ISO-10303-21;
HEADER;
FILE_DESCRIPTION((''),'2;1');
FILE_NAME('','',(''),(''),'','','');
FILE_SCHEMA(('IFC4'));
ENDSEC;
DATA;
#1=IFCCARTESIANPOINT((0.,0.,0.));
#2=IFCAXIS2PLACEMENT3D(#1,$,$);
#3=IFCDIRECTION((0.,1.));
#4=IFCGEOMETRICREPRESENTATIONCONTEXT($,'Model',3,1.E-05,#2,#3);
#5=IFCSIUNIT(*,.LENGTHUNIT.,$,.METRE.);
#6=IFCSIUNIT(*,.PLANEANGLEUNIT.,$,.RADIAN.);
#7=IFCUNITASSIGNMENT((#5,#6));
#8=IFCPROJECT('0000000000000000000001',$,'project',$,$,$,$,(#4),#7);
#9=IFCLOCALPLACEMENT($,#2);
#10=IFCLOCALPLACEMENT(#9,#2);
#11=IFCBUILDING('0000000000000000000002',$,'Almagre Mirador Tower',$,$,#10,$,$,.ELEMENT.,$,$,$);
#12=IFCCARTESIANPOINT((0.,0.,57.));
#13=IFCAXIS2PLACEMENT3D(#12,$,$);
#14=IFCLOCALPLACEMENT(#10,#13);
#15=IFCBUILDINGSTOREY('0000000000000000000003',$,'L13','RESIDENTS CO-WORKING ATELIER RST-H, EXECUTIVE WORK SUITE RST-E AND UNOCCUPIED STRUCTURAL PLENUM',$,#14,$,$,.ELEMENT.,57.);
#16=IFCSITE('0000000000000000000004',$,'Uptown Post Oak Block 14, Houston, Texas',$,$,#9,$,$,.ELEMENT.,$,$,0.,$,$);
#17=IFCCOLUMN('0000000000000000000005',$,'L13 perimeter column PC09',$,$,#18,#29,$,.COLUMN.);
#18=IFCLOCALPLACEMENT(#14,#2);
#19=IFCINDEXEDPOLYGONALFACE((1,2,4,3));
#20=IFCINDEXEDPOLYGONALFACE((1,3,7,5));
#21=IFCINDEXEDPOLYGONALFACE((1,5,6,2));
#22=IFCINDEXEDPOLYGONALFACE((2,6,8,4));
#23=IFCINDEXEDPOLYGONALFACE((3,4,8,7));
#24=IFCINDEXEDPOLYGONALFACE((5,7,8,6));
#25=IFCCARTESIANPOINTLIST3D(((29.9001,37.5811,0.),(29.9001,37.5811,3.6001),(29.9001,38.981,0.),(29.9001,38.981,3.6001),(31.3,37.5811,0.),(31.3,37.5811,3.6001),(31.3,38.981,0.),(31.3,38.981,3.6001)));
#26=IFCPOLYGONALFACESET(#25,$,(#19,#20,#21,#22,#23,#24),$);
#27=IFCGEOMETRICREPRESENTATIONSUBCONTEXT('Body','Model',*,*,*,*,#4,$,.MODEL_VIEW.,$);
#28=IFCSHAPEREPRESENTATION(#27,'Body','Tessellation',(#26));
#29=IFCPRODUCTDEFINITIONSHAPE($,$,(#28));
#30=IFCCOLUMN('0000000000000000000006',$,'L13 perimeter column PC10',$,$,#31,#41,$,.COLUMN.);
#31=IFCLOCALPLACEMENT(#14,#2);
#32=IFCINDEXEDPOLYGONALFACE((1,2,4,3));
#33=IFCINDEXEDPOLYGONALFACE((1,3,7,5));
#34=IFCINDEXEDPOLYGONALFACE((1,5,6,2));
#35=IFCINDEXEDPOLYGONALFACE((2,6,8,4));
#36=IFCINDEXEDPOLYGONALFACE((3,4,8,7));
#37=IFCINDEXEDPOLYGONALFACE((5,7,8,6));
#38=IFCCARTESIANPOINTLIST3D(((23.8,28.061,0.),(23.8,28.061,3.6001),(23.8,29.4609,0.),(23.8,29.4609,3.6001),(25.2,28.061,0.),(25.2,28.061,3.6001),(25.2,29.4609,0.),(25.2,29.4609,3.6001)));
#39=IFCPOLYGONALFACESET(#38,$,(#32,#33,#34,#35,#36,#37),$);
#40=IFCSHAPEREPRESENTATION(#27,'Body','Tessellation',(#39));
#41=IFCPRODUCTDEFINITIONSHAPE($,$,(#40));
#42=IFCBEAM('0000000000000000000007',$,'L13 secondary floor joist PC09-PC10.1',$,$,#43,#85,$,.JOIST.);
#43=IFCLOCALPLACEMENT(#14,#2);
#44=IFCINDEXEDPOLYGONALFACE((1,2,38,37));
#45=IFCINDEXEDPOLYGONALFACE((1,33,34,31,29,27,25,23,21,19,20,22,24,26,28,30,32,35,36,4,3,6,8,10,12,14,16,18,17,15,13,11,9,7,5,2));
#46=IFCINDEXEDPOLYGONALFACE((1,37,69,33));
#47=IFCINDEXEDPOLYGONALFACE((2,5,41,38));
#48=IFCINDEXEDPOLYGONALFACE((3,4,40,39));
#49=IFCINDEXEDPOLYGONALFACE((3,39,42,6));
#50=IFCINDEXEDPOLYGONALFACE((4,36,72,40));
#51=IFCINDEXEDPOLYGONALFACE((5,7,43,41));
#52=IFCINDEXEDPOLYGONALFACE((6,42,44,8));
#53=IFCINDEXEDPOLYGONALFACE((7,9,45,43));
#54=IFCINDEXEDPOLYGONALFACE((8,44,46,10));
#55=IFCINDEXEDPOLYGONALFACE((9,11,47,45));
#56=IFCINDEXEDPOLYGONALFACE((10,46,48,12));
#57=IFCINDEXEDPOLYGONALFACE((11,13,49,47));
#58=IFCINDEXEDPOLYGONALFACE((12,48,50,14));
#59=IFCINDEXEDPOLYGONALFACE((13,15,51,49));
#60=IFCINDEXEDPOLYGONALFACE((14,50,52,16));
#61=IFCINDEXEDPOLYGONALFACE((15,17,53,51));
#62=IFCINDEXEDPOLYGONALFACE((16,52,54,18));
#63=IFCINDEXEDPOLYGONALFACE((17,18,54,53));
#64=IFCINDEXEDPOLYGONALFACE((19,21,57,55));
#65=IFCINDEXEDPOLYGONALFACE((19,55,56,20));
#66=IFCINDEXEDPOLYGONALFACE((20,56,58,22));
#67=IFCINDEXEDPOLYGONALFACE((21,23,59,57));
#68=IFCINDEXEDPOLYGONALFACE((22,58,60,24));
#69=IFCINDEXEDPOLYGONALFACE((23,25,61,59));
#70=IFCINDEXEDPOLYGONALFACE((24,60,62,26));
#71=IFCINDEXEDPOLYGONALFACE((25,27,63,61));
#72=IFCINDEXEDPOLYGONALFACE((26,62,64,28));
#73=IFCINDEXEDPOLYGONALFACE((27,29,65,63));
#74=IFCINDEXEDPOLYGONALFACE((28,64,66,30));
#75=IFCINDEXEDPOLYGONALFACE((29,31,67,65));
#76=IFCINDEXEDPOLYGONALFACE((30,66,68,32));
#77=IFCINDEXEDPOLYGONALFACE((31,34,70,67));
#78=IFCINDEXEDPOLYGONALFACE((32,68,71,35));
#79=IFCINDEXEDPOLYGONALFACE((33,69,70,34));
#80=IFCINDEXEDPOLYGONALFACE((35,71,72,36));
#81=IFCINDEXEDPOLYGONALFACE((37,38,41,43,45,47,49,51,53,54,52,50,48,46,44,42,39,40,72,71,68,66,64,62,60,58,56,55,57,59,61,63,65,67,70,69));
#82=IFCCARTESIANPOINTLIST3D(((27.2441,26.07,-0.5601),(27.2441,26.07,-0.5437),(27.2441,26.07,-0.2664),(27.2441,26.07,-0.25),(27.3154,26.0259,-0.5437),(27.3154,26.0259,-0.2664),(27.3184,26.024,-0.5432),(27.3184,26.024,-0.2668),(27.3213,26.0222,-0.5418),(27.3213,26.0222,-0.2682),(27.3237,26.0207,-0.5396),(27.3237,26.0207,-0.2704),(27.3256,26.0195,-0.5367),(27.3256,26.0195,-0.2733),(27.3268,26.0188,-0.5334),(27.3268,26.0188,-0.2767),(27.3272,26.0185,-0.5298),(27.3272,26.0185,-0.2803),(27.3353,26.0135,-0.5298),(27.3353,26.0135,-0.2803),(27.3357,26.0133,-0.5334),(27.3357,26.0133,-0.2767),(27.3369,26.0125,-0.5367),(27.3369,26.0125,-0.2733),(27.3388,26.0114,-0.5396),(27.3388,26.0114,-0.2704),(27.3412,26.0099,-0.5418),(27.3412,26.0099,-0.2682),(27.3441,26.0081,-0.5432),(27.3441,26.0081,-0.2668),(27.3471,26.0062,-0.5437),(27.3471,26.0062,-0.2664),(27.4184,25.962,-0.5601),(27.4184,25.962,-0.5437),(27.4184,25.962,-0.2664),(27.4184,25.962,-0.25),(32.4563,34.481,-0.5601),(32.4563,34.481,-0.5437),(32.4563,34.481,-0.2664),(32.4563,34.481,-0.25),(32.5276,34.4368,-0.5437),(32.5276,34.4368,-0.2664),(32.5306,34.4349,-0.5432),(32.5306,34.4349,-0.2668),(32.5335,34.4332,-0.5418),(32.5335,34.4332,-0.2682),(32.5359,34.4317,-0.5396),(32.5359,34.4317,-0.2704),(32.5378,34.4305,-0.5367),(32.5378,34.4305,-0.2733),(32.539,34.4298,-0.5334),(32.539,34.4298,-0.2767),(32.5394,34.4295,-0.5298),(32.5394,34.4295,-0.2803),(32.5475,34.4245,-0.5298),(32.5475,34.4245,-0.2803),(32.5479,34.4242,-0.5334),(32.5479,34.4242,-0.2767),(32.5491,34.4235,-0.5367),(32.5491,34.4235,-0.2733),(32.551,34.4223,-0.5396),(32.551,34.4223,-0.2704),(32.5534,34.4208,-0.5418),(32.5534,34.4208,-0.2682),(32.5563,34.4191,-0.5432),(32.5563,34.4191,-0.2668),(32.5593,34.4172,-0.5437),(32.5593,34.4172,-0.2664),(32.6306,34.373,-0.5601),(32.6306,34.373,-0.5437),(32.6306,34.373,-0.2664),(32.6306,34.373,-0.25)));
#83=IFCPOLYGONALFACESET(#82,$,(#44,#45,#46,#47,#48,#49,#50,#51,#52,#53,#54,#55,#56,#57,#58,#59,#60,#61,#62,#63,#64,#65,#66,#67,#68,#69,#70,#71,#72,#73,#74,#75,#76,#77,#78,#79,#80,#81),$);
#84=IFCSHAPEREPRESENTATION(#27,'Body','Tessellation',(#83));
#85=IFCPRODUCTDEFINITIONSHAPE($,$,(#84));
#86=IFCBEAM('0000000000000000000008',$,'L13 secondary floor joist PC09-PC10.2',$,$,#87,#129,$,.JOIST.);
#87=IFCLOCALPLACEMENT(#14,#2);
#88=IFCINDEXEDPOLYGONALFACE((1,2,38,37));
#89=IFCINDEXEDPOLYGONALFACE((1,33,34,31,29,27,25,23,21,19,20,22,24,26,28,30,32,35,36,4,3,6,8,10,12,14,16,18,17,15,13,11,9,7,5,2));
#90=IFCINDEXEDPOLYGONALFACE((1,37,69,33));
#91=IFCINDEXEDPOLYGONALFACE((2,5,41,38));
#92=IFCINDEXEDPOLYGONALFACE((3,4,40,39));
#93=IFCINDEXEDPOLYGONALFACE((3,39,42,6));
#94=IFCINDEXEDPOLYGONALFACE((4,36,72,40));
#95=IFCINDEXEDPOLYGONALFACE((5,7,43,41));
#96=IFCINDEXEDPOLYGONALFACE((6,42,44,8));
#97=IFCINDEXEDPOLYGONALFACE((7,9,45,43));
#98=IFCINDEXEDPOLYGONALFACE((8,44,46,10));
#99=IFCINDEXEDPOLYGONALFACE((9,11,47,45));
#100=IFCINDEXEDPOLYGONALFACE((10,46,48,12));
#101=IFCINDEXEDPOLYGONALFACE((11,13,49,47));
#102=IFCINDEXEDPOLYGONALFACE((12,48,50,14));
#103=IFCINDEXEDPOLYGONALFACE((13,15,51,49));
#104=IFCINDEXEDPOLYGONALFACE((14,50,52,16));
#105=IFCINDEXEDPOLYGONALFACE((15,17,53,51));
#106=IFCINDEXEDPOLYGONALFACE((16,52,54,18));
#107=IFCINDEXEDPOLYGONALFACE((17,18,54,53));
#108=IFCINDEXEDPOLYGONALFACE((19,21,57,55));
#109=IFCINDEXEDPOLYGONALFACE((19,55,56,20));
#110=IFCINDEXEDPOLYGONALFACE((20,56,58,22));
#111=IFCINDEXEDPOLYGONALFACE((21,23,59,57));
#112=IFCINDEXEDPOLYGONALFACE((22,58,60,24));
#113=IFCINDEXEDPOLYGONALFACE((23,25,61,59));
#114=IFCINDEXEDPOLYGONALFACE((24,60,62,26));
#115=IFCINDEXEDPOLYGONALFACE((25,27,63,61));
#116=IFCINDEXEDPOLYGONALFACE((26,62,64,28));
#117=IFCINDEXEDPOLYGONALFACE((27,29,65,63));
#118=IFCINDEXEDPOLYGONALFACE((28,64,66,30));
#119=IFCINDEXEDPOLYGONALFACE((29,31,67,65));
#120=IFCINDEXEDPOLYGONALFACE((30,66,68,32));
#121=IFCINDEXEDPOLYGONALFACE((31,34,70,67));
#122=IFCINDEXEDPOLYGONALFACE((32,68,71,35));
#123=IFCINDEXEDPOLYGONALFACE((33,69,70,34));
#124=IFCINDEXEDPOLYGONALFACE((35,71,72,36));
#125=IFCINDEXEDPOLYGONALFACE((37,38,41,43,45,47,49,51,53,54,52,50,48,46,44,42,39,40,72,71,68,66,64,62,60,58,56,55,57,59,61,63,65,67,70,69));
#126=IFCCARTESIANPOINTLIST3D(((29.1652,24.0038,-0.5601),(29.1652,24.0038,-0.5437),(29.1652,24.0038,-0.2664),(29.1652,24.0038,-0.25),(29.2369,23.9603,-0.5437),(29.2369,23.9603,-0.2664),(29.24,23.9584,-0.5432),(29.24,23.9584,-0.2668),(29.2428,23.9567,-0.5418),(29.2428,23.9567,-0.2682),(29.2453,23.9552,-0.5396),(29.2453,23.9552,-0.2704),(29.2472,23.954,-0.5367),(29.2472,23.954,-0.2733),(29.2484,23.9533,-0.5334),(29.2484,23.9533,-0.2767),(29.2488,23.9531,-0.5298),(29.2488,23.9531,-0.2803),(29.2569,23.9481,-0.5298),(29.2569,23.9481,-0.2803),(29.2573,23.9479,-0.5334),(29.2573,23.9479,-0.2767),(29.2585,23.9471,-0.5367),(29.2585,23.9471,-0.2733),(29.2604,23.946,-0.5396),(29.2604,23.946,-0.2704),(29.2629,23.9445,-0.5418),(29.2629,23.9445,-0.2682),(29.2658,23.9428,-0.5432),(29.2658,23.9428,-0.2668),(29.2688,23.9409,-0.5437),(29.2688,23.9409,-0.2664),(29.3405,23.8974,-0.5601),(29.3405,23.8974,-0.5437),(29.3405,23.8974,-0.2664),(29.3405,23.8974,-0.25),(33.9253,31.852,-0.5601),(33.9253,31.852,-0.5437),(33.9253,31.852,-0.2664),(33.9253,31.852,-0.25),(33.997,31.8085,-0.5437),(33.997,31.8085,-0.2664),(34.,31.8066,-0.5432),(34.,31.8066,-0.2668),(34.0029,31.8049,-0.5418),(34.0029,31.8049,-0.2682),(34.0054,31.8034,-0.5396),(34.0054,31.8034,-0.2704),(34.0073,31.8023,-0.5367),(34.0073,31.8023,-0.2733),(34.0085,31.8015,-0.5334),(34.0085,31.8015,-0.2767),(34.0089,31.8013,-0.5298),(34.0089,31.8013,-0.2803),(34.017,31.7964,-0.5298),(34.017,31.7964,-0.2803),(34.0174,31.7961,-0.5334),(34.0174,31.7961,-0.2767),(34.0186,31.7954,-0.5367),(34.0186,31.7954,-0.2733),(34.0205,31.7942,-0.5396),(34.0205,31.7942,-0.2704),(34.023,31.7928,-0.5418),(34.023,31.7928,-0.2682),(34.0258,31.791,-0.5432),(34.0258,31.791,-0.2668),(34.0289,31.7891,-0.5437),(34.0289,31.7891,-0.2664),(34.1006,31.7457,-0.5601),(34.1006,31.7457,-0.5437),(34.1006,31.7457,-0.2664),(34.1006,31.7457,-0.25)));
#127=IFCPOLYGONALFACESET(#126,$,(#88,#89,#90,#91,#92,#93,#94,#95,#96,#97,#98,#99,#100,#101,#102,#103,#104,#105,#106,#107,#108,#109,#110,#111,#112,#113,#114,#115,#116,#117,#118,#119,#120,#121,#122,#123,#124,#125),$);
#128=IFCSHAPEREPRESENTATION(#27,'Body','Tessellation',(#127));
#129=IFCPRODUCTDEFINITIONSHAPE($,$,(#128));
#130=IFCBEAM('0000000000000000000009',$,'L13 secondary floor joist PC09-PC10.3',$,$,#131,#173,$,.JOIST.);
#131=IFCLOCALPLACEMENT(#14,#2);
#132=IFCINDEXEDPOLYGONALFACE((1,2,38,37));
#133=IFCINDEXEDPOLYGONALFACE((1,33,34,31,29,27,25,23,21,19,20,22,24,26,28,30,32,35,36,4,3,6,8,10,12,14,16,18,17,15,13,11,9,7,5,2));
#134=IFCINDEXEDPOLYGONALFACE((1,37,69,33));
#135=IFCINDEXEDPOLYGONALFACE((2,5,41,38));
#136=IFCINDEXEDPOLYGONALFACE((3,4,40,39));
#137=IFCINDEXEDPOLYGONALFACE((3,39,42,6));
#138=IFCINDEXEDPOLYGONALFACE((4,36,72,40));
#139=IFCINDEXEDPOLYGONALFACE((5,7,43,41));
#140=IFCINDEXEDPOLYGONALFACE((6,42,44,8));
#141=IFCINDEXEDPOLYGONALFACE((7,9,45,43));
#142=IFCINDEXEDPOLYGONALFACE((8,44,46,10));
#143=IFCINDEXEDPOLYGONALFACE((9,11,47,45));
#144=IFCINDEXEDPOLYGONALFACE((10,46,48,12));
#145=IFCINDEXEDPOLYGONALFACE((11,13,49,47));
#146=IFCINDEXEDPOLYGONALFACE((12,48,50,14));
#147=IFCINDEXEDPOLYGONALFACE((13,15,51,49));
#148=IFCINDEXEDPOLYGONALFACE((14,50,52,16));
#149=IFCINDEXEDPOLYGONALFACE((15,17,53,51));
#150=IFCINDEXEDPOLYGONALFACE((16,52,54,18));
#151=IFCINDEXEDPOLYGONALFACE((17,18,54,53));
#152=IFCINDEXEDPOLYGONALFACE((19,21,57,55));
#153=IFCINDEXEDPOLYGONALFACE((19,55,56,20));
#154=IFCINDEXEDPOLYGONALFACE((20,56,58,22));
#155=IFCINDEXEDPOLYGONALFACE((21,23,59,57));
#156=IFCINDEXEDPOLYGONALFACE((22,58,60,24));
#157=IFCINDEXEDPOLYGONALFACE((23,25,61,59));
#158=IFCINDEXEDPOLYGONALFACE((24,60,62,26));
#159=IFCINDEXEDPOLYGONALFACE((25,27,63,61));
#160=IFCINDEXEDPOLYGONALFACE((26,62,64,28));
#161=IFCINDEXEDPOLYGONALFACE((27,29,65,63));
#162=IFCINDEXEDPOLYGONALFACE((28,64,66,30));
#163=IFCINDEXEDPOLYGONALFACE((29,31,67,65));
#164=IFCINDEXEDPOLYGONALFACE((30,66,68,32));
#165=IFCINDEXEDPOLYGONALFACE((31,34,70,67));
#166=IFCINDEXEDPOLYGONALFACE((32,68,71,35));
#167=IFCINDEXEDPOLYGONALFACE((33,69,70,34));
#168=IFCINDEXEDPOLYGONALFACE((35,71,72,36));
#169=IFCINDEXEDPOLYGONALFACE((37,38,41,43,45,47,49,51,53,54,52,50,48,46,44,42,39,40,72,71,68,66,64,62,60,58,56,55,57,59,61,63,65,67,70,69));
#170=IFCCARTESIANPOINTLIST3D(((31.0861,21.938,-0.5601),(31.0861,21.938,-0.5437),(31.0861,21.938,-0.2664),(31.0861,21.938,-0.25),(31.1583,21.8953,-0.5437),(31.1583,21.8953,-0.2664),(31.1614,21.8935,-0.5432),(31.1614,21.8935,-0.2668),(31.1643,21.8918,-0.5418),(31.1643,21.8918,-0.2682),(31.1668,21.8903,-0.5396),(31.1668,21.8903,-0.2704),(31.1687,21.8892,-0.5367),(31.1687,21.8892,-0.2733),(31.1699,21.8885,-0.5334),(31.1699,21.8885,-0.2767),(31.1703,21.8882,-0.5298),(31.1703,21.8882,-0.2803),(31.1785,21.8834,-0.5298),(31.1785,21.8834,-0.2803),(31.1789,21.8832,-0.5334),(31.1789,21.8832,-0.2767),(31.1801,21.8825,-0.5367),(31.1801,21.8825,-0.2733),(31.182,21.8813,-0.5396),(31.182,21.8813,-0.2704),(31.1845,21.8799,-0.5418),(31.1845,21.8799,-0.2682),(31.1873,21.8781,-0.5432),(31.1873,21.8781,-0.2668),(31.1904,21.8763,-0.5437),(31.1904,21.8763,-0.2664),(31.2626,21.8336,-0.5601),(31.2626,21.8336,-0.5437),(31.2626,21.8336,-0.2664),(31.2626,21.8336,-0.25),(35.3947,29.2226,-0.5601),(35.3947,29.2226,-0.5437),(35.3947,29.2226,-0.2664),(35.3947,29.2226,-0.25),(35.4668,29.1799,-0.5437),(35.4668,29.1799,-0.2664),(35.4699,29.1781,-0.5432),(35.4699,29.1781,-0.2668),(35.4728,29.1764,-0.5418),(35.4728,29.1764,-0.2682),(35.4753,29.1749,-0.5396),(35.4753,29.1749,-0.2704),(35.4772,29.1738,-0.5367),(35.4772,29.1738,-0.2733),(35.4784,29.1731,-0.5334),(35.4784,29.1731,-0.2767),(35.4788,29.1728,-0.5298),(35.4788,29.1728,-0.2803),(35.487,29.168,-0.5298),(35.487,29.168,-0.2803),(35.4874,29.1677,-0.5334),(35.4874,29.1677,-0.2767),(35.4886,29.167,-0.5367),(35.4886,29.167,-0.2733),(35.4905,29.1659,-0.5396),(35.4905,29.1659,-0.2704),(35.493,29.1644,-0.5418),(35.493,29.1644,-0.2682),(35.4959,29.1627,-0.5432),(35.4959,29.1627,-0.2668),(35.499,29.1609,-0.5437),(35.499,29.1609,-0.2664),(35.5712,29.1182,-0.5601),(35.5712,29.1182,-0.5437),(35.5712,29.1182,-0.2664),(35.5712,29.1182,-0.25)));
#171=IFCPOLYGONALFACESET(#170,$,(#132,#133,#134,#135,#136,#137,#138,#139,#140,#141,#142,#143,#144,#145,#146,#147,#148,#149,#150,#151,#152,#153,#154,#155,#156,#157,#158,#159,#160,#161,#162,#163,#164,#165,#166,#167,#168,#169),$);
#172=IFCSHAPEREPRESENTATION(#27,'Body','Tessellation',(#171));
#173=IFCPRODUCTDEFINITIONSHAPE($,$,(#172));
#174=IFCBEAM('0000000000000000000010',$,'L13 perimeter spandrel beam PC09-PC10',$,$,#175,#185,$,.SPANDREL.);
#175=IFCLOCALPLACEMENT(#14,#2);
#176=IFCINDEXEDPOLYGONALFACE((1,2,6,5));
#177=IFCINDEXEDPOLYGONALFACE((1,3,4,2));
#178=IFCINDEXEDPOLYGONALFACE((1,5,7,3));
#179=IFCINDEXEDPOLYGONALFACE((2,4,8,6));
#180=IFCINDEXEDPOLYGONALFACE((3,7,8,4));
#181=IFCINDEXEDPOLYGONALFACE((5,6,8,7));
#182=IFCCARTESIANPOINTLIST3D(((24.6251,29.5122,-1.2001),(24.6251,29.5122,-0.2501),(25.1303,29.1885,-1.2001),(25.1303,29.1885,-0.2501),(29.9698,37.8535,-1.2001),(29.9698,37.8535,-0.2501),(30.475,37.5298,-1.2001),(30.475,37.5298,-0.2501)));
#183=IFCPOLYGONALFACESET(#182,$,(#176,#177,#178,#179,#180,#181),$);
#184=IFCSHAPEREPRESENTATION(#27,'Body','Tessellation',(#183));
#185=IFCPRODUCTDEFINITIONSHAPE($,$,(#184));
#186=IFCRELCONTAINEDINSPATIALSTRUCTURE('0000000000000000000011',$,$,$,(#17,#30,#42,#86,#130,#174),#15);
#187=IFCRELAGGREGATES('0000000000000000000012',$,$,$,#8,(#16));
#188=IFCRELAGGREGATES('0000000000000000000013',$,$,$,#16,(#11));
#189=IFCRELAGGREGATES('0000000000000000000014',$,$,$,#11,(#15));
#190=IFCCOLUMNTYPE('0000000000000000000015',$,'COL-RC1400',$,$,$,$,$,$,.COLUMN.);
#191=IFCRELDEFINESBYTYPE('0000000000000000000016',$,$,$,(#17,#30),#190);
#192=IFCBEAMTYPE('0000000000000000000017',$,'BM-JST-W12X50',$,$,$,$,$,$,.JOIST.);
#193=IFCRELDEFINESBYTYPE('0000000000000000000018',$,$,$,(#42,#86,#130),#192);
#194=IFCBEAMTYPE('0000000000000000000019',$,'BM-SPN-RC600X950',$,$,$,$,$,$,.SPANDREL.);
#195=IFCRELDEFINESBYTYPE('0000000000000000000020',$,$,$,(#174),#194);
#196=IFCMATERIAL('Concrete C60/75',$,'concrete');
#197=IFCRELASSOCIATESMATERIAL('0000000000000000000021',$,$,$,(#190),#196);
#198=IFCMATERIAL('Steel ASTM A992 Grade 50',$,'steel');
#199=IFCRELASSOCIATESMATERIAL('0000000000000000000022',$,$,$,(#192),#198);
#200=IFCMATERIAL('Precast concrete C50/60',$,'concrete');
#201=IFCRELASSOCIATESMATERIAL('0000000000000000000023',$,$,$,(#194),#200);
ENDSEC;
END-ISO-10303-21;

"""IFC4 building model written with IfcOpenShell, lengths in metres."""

from ifc_helpers import new_model, si_unit, direction, frame, origin, origin_2d, place, context, subcontext, project, spatial, rectangle, i_section, extrude, material, material_profile, profile_set, type_object, element, save


model = new_model("IFC4")

# Units and contexts
model_context = context("Model", 3, precision=1e-05, world=origin(), true_north=direction((0.0, 1.0)))
body_context = subcontext(model_context, "Body", "Model", "MODEL_VIEW")
ifc_project = project(units=[si_unit("LENGTHUNIT", "METRE"), si_unit("PLANEANGLEUNIT", "RADIAN")], contexts=[model_context])

# Site, building, storey
site_placement = place(None, origin())
site = spatial("IfcSite", under=ifc_project, at=site_placement, Name="Uptown Post Oak Block 14, Houston, Texas", CompositionType="ELEMENT", RefElevation=0.0)
building_placement = place(site_placement, origin())
building = spatial("IfcBuilding", under=site, at=building_placement, Name="Almagre Mirador Tower", CompositionType="ELEMENT")
storey_placement = place(building_placement, frame((0.0, 0.0, 57.0)))
storey = spatial("IfcBuildingStorey", under=building, at=storey_placement, Name="L13", Description="RESIDENTS CO-WORKING ATELIER RST-H, EXECUTIVE WORK SUITE RST-E AND UNOCCUPIED STRUCTURAL PLENUM", CompositionType="ELEMENT", Elevation=57.0)

# Columns
ifc_material_1 = material(Name="Concrete C60/75", Category="concrete")
ifc_material_profile_1 = material_profile(ifc_material_1, rectangle(XDim=1.3999, YDim=1.3999, at=origin_2d()), Name="RC1400X1400")
ifc_profile_set_1 = profile_set([ifc_material_profile_1], Name="Concrete C60/75")
column_type = type_object("IfcColumnType", Name="COL-RC1400", PredefinedType="COLUMN", material=ifc_profile_set_1)
for number, where, z_axis, x_axis, name in (
    (1, (30.6001, 38.281, 0.0), (0.0, 0.0, 1.0), (1.0, 0.0, 0.0), "L13 perimeter column PC09"),
    (2, (24.5, 28.761, 0.0), (0.0, 0.0, 1.0), (1.0, 0.0, 0.0), "L13 perimeter column PC10"),
):
    element("IfcColumn", number, at=place(storey_placement, frame(where, z_axis=z_axis, x_axis=x_axis)), inside=storey, type_object=column_type, Name=name, PredefinedType="COLUMN", context=body_context, shape_type="SweptSolid", body=[
        extrude(rectangle(XDim=1.3999, YDim=1.3999, at=origin_2d()), origin(), (0.0, 0.0, 1.0), 3.6001),
    ])

# Beams
ifc_material_2 = material(Name="Steel ASTM A992 Grade 50", Category="steel")
ifc_material_profile_2 = material_profile(ifc_material_2, i_section(OverallWidth=0.2051, OverallDepth=0.3101, WebThickness=0.0095, FlangeThickness=0.0164, FilletRadius=0.0139, at=origin_2d()), Name="W12X50")
ifc_profile_set_2 = profile_set([ifc_material_profile_2], Name="Steel ASTM A992 Grade 50")
beam_type_1 = type_object("IfcBeamType", Name="BM-JST-W12X50", PredefinedType="JOIST", material=ifc_profile_set_2)
beam_1_placement = place(storey_placement, frame((32.5435, 34.427, -0.405), z_axis=(-0.52675, -0.85002, 0.0), x_axis=(0.85002, -0.52675, 0.0)))
element("IfcBeam", 3, at=beam_1_placement, inside=storey, type_object=beam_type_1, Name="L13 secondary floor joist PC09-PC10.1", PredefinedType="JOIST", context=body_context, shape_type="SweptSolid", body=[
    extrude(i_section(OverallWidth=0.2051, OverallDepth=0.3101, WebThickness=0.0095, FlangeThickness=0.0164, FilletRadius=0.0139, at=origin_2d()), origin(), (0.0, 0.0, 1.0), 9.895),
])
beam_2_placement = place(storey_placement, frame((34.0129, 31.7988, -0.405), z_axis=(-0.518585, -0.855026, 0.0), x_axis=(0.855026, -0.518585, 0.0)))
element("IfcBeam", 4, at=beam_2_placement, inside=storey, type_object=beam_type_1, Name="L13 secondary floor joist PC09-PC10.2", PredefinedType="JOIST", context=body_context, shape_type="SweptSolid", body=[
    extrude(i_section(OverallWidth=0.2051, OverallDepth=0.3101, WebThickness=0.0095, FlangeThickness=0.0164, FilletRadius=0.0139, at=origin_2d()), origin(), (0.0, 0.0, 1.0), 9.179),
])
beam_3_placement = place(storey_placement, frame((35.4829, 29.1704, -0.405), z_axis=(-0.509081, -0.860719, 0.0), x_axis=(0.860719, -0.509081, 0.0)))
element("IfcBeam", 5, at=beam_3_placement, inside=storey, type_object=beam_type_1, Name="L13 secondary floor joist PC09-PC10.3", PredefinedType="JOIST", context=body_context, shape_type="SweptSolid", body=[
    extrude(i_section(OverallWidth=0.2051, OverallDepth=0.3101, WebThickness=0.0095, FlangeThickness=0.0164, FilletRadius=0.0139, at=origin_2d()), origin(), (0.0, 0.0, 1.0), 8.4634),
])
ifc_material_3 = material(Name="Precast concrete C50/60", Category="concrete")
ifc_material_profile_3 = material_profile(ifc_material_3, rectangle(XDim=0.6001, YDim=0.95, at=origin_2d()), Name="RC600X950")
ifc_profile_set_3 = profile_set([ifc_material_profile_3], Name="Precast concrete C50/60")
beam_type_2 = type_object("IfcBeamType", Name="BM-SPN-RC600X950", PredefinedType="SPANDREL", material=ifc_profile_set_3)
beam_4_placement = place(storey_placement, frame((30.2224, 37.6917, -0.7251), z_axis=(-0.539504, -0.841983, 0.0), x_axis=(0.841983, -0.539504, 0.0)))
element("IfcBeam", 6, at=beam_4_placement, inside=storey, type_object=beam_type_2, Name="L13 perimeter spandrel beam PC09-PC10", PredefinedType="SPANDREL", context=body_context, shape_type="SweptSolid", body=[
    extrude(rectangle(XDim=0.6001, YDim=0.95, at=origin_2d()), origin(), (0.0, 0.0, 1.0), 9.9067),
])

save(model, "model.ifc")
